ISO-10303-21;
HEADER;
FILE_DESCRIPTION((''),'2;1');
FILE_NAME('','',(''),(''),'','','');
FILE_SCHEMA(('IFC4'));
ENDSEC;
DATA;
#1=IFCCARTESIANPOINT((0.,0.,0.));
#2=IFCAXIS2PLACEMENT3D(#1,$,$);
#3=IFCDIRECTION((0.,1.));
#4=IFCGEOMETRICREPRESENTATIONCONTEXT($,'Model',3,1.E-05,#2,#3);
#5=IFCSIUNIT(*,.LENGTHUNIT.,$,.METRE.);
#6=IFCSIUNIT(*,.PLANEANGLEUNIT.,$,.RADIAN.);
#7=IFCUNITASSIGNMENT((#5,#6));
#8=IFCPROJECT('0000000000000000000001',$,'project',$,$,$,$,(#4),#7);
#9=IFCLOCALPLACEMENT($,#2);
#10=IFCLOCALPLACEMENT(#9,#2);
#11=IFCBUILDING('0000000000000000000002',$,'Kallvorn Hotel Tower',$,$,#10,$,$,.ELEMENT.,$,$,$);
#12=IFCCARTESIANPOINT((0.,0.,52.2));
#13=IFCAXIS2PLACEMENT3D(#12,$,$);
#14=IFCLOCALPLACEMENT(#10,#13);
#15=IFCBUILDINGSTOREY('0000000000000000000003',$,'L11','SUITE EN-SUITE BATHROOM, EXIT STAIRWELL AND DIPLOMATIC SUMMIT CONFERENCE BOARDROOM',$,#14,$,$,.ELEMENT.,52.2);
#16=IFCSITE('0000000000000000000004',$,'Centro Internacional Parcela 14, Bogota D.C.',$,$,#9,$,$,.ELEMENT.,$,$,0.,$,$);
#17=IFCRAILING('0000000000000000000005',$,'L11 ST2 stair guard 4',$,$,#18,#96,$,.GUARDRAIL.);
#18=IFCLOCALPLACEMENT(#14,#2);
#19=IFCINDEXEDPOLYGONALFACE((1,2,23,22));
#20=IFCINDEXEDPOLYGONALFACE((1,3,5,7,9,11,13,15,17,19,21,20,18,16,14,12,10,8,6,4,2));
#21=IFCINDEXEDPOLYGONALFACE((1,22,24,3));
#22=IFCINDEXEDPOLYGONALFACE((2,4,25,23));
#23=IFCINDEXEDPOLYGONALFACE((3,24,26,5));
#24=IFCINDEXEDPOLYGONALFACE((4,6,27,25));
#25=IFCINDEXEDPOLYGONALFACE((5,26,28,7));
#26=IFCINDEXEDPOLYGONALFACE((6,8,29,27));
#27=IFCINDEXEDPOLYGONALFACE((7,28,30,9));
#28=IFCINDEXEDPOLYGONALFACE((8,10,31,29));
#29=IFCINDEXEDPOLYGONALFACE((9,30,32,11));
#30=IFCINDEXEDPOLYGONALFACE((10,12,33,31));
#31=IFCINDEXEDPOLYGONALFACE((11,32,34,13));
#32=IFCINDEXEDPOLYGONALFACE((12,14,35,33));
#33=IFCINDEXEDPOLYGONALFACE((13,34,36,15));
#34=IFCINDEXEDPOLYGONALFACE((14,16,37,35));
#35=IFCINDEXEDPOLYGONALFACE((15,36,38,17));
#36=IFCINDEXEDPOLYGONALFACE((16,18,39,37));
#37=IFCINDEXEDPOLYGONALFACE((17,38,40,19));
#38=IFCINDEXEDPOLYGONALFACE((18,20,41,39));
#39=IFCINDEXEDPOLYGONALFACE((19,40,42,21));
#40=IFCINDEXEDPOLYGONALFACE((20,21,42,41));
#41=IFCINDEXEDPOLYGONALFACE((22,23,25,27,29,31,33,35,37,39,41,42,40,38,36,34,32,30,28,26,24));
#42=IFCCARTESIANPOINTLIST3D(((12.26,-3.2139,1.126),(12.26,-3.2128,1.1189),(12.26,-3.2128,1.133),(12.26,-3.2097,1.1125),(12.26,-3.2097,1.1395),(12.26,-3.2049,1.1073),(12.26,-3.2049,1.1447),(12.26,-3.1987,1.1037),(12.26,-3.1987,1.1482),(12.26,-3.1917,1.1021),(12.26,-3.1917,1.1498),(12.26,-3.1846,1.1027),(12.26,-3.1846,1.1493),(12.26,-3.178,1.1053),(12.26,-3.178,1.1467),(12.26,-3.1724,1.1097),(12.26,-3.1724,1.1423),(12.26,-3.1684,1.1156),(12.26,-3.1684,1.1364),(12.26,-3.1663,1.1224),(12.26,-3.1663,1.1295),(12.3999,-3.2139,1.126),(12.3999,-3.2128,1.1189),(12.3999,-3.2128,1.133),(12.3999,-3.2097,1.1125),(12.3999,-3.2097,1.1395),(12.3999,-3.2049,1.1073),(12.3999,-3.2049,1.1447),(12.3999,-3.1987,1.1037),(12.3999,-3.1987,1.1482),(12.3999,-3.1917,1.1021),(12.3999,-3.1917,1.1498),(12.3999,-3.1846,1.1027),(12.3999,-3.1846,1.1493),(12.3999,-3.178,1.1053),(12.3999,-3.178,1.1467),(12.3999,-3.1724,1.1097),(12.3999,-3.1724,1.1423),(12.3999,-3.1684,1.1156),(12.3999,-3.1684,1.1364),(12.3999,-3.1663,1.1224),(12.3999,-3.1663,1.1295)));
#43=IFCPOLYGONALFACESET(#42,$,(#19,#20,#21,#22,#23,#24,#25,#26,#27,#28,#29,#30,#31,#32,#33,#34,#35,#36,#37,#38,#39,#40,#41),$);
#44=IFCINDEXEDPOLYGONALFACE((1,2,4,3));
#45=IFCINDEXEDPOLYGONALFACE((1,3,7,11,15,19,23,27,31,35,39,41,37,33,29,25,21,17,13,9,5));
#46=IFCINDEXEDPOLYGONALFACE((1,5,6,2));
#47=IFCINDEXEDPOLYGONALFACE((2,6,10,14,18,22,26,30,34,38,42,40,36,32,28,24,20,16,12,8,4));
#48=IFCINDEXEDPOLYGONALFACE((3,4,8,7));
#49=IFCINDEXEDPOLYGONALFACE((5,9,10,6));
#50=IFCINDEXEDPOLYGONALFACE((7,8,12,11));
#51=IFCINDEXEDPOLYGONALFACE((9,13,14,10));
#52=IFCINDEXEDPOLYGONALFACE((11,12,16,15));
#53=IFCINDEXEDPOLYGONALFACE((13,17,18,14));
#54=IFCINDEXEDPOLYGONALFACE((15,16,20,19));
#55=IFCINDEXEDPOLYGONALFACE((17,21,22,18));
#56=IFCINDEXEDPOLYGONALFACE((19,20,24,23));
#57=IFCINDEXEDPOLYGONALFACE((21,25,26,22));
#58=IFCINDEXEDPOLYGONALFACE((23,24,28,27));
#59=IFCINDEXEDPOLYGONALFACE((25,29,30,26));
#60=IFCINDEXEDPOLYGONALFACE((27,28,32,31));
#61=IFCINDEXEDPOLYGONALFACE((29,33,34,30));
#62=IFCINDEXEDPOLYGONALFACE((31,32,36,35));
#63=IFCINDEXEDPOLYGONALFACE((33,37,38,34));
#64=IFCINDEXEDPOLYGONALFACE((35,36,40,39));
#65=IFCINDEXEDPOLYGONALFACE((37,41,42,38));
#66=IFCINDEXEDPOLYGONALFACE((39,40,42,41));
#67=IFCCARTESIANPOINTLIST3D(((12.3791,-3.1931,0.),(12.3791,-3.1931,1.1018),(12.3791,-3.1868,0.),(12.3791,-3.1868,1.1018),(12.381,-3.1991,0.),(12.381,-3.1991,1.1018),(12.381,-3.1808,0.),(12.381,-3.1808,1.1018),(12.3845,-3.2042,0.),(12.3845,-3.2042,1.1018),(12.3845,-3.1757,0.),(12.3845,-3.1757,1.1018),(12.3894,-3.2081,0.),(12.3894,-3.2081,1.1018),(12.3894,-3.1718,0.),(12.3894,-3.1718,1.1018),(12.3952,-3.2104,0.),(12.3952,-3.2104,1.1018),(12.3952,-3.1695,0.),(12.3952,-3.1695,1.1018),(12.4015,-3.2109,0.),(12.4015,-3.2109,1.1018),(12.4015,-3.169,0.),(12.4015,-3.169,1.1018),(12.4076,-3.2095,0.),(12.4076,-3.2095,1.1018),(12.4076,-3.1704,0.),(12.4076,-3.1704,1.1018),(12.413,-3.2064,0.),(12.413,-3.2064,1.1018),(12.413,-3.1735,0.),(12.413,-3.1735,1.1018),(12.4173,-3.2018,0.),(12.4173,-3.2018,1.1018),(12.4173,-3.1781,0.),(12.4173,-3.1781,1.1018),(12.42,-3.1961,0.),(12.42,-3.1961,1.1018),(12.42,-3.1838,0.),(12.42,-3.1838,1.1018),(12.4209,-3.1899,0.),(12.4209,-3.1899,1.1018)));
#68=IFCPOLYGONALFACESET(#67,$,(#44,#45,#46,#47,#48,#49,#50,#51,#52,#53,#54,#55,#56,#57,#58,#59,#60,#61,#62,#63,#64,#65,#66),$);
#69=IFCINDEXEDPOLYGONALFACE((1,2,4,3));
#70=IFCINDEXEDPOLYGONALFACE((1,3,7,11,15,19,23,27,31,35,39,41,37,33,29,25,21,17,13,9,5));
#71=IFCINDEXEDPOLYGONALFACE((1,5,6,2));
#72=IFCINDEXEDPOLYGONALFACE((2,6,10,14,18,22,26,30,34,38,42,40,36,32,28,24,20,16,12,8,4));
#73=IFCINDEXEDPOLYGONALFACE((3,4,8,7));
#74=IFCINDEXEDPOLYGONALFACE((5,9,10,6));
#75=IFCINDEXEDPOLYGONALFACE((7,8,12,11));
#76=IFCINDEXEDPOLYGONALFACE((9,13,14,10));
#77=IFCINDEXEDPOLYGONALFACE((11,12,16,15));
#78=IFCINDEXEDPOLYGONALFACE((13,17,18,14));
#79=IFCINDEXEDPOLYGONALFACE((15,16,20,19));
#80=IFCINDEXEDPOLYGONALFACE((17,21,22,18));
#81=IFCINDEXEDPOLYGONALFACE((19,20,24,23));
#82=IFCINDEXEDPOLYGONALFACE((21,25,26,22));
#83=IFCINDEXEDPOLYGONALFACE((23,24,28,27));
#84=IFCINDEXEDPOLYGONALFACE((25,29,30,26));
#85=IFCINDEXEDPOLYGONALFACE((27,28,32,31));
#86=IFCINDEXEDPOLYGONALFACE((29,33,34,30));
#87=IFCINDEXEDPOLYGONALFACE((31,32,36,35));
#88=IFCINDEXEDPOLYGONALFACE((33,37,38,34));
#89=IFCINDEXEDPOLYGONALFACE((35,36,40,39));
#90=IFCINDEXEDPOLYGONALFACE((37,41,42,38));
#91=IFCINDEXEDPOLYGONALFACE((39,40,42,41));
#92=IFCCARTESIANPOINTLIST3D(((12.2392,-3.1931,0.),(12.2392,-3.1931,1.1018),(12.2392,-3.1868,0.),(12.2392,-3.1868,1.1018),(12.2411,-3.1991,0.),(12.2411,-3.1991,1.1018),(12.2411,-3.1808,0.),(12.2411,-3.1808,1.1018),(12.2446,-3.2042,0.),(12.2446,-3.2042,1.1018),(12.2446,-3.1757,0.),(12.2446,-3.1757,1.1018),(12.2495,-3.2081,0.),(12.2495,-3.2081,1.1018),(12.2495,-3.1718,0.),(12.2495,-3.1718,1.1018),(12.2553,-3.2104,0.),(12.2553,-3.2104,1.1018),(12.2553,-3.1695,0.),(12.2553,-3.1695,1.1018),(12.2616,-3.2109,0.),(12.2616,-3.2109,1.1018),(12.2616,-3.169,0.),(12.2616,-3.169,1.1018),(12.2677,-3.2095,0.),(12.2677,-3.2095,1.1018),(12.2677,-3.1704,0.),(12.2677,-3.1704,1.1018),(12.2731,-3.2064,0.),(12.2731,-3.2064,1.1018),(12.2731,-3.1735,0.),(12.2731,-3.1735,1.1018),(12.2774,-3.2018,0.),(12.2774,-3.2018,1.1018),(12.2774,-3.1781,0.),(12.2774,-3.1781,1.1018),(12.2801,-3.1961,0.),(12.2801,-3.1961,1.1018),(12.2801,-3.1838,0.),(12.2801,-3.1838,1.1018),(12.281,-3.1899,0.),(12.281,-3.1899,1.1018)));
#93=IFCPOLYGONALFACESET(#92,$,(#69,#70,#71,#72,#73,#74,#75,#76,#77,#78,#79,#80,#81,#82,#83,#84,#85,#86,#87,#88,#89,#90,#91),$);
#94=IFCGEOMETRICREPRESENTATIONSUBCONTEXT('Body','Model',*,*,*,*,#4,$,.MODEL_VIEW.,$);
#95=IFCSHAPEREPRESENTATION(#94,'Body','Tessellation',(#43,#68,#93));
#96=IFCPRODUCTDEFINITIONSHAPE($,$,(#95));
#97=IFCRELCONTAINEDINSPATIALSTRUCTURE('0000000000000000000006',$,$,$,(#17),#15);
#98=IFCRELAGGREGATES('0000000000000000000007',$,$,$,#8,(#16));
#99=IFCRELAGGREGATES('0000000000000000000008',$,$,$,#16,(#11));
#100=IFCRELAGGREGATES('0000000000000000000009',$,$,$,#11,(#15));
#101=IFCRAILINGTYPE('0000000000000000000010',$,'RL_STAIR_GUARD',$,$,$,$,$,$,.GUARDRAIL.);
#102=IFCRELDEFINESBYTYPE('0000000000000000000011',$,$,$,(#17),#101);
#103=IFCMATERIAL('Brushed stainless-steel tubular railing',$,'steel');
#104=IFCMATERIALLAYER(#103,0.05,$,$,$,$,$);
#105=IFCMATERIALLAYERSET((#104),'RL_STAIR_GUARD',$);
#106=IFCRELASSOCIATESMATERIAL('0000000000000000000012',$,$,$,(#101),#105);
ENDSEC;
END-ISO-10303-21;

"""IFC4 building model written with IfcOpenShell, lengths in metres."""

from ifc_helpers import new_model, si_unit, direction, frame, origin, origin_2d, place, context, subcontext, project, spatial, circle, extrude, material, layer, layer_set, type_object, element, save


model = new_model("IFC4")

# Units and contexts
model_context = context("Model", 3, precision=1e-05, world=origin(), true_north=direction((0.0, 1.0)))
body_context = subcontext(model_context, "Body", "Model", "MODEL_VIEW")
ifc_project = project(units=[si_unit("LENGTHUNIT", "METRE"), si_unit("PLANEANGLEUNIT", "RADIAN")], contexts=[model_context])

# Site, building, storey
site_placement = place(None, origin())
site = spatial("IfcSite", under=ifc_project, at=site_placement, Name="Centro Internacional Parcela 14, Bogota D.C.", CompositionType="ELEMENT", RefElevation=0.0)
building_placement = place(site_placement, origin())
building = spatial("IfcBuilding", under=site, at=building_placement, Name="Kallvorn Hotel Tower", CompositionType="ELEMENT")
storey_placement = place(building_placement, frame((0.0, 0.0, 52.2)))
storey = spatial("IfcBuildingStorey", under=building, at=storey_placement, Name="L11", Description="SUITE EN-SUITE BATHROOM, EXIT STAIRWELL AND DIPLOMATIC SUMMIT CONFERENCE BOARDROOM", CompositionType="ELEMENT", Elevation=52.2)

# Railing
ifc_material_1 = material(Name="Brushed stainless-steel tubular railing", Category="steel")
ifc_layer_1 = layer(ifc_material_1, 0.05)
ifc_layer_set_1 = layer_set([ifc_layer_1], Name="RL_STAIR_GUARD")
railing_type = type_object("IfcRailingType", Name="RL_STAIR_GUARD", PredefinedType="GUARDRAIL", material=ifc_layer_set_1)
railing_1_placement = place(storey_placement, frame((12.3999, -3.1899, 0.0)))
element("IfcRailing", 1, at=railing_1_placement, inside=storey, type_object=railing_type, Name="L11 ST2 stair guard 4", PredefinedType="GUARDRAIL", context=body_context, shape_type="SweptSolid", body=[
    extrude(circle(Radius=0.0239, at=origin_2d()), frame((0.0, 0.0, 1.126), z_axis=(-1.0, 0.0, 0.0), x_axis=(0.0, -1.0, 0.0)), (0.0, 0.0, 1.0), 0.1399),
    extrude(circle(Radius=0.021, at=origin_2d()), origin(), (0.0, 0.0, 1.0), 1.1018),
    extrude(circle(Radius=0.021, at=origin_2d()), frame((-0.1399, 0.0, 0.0)), (0.0, 0.0, 1.0), 1.1018),
])

save(model, "model.ifc")
